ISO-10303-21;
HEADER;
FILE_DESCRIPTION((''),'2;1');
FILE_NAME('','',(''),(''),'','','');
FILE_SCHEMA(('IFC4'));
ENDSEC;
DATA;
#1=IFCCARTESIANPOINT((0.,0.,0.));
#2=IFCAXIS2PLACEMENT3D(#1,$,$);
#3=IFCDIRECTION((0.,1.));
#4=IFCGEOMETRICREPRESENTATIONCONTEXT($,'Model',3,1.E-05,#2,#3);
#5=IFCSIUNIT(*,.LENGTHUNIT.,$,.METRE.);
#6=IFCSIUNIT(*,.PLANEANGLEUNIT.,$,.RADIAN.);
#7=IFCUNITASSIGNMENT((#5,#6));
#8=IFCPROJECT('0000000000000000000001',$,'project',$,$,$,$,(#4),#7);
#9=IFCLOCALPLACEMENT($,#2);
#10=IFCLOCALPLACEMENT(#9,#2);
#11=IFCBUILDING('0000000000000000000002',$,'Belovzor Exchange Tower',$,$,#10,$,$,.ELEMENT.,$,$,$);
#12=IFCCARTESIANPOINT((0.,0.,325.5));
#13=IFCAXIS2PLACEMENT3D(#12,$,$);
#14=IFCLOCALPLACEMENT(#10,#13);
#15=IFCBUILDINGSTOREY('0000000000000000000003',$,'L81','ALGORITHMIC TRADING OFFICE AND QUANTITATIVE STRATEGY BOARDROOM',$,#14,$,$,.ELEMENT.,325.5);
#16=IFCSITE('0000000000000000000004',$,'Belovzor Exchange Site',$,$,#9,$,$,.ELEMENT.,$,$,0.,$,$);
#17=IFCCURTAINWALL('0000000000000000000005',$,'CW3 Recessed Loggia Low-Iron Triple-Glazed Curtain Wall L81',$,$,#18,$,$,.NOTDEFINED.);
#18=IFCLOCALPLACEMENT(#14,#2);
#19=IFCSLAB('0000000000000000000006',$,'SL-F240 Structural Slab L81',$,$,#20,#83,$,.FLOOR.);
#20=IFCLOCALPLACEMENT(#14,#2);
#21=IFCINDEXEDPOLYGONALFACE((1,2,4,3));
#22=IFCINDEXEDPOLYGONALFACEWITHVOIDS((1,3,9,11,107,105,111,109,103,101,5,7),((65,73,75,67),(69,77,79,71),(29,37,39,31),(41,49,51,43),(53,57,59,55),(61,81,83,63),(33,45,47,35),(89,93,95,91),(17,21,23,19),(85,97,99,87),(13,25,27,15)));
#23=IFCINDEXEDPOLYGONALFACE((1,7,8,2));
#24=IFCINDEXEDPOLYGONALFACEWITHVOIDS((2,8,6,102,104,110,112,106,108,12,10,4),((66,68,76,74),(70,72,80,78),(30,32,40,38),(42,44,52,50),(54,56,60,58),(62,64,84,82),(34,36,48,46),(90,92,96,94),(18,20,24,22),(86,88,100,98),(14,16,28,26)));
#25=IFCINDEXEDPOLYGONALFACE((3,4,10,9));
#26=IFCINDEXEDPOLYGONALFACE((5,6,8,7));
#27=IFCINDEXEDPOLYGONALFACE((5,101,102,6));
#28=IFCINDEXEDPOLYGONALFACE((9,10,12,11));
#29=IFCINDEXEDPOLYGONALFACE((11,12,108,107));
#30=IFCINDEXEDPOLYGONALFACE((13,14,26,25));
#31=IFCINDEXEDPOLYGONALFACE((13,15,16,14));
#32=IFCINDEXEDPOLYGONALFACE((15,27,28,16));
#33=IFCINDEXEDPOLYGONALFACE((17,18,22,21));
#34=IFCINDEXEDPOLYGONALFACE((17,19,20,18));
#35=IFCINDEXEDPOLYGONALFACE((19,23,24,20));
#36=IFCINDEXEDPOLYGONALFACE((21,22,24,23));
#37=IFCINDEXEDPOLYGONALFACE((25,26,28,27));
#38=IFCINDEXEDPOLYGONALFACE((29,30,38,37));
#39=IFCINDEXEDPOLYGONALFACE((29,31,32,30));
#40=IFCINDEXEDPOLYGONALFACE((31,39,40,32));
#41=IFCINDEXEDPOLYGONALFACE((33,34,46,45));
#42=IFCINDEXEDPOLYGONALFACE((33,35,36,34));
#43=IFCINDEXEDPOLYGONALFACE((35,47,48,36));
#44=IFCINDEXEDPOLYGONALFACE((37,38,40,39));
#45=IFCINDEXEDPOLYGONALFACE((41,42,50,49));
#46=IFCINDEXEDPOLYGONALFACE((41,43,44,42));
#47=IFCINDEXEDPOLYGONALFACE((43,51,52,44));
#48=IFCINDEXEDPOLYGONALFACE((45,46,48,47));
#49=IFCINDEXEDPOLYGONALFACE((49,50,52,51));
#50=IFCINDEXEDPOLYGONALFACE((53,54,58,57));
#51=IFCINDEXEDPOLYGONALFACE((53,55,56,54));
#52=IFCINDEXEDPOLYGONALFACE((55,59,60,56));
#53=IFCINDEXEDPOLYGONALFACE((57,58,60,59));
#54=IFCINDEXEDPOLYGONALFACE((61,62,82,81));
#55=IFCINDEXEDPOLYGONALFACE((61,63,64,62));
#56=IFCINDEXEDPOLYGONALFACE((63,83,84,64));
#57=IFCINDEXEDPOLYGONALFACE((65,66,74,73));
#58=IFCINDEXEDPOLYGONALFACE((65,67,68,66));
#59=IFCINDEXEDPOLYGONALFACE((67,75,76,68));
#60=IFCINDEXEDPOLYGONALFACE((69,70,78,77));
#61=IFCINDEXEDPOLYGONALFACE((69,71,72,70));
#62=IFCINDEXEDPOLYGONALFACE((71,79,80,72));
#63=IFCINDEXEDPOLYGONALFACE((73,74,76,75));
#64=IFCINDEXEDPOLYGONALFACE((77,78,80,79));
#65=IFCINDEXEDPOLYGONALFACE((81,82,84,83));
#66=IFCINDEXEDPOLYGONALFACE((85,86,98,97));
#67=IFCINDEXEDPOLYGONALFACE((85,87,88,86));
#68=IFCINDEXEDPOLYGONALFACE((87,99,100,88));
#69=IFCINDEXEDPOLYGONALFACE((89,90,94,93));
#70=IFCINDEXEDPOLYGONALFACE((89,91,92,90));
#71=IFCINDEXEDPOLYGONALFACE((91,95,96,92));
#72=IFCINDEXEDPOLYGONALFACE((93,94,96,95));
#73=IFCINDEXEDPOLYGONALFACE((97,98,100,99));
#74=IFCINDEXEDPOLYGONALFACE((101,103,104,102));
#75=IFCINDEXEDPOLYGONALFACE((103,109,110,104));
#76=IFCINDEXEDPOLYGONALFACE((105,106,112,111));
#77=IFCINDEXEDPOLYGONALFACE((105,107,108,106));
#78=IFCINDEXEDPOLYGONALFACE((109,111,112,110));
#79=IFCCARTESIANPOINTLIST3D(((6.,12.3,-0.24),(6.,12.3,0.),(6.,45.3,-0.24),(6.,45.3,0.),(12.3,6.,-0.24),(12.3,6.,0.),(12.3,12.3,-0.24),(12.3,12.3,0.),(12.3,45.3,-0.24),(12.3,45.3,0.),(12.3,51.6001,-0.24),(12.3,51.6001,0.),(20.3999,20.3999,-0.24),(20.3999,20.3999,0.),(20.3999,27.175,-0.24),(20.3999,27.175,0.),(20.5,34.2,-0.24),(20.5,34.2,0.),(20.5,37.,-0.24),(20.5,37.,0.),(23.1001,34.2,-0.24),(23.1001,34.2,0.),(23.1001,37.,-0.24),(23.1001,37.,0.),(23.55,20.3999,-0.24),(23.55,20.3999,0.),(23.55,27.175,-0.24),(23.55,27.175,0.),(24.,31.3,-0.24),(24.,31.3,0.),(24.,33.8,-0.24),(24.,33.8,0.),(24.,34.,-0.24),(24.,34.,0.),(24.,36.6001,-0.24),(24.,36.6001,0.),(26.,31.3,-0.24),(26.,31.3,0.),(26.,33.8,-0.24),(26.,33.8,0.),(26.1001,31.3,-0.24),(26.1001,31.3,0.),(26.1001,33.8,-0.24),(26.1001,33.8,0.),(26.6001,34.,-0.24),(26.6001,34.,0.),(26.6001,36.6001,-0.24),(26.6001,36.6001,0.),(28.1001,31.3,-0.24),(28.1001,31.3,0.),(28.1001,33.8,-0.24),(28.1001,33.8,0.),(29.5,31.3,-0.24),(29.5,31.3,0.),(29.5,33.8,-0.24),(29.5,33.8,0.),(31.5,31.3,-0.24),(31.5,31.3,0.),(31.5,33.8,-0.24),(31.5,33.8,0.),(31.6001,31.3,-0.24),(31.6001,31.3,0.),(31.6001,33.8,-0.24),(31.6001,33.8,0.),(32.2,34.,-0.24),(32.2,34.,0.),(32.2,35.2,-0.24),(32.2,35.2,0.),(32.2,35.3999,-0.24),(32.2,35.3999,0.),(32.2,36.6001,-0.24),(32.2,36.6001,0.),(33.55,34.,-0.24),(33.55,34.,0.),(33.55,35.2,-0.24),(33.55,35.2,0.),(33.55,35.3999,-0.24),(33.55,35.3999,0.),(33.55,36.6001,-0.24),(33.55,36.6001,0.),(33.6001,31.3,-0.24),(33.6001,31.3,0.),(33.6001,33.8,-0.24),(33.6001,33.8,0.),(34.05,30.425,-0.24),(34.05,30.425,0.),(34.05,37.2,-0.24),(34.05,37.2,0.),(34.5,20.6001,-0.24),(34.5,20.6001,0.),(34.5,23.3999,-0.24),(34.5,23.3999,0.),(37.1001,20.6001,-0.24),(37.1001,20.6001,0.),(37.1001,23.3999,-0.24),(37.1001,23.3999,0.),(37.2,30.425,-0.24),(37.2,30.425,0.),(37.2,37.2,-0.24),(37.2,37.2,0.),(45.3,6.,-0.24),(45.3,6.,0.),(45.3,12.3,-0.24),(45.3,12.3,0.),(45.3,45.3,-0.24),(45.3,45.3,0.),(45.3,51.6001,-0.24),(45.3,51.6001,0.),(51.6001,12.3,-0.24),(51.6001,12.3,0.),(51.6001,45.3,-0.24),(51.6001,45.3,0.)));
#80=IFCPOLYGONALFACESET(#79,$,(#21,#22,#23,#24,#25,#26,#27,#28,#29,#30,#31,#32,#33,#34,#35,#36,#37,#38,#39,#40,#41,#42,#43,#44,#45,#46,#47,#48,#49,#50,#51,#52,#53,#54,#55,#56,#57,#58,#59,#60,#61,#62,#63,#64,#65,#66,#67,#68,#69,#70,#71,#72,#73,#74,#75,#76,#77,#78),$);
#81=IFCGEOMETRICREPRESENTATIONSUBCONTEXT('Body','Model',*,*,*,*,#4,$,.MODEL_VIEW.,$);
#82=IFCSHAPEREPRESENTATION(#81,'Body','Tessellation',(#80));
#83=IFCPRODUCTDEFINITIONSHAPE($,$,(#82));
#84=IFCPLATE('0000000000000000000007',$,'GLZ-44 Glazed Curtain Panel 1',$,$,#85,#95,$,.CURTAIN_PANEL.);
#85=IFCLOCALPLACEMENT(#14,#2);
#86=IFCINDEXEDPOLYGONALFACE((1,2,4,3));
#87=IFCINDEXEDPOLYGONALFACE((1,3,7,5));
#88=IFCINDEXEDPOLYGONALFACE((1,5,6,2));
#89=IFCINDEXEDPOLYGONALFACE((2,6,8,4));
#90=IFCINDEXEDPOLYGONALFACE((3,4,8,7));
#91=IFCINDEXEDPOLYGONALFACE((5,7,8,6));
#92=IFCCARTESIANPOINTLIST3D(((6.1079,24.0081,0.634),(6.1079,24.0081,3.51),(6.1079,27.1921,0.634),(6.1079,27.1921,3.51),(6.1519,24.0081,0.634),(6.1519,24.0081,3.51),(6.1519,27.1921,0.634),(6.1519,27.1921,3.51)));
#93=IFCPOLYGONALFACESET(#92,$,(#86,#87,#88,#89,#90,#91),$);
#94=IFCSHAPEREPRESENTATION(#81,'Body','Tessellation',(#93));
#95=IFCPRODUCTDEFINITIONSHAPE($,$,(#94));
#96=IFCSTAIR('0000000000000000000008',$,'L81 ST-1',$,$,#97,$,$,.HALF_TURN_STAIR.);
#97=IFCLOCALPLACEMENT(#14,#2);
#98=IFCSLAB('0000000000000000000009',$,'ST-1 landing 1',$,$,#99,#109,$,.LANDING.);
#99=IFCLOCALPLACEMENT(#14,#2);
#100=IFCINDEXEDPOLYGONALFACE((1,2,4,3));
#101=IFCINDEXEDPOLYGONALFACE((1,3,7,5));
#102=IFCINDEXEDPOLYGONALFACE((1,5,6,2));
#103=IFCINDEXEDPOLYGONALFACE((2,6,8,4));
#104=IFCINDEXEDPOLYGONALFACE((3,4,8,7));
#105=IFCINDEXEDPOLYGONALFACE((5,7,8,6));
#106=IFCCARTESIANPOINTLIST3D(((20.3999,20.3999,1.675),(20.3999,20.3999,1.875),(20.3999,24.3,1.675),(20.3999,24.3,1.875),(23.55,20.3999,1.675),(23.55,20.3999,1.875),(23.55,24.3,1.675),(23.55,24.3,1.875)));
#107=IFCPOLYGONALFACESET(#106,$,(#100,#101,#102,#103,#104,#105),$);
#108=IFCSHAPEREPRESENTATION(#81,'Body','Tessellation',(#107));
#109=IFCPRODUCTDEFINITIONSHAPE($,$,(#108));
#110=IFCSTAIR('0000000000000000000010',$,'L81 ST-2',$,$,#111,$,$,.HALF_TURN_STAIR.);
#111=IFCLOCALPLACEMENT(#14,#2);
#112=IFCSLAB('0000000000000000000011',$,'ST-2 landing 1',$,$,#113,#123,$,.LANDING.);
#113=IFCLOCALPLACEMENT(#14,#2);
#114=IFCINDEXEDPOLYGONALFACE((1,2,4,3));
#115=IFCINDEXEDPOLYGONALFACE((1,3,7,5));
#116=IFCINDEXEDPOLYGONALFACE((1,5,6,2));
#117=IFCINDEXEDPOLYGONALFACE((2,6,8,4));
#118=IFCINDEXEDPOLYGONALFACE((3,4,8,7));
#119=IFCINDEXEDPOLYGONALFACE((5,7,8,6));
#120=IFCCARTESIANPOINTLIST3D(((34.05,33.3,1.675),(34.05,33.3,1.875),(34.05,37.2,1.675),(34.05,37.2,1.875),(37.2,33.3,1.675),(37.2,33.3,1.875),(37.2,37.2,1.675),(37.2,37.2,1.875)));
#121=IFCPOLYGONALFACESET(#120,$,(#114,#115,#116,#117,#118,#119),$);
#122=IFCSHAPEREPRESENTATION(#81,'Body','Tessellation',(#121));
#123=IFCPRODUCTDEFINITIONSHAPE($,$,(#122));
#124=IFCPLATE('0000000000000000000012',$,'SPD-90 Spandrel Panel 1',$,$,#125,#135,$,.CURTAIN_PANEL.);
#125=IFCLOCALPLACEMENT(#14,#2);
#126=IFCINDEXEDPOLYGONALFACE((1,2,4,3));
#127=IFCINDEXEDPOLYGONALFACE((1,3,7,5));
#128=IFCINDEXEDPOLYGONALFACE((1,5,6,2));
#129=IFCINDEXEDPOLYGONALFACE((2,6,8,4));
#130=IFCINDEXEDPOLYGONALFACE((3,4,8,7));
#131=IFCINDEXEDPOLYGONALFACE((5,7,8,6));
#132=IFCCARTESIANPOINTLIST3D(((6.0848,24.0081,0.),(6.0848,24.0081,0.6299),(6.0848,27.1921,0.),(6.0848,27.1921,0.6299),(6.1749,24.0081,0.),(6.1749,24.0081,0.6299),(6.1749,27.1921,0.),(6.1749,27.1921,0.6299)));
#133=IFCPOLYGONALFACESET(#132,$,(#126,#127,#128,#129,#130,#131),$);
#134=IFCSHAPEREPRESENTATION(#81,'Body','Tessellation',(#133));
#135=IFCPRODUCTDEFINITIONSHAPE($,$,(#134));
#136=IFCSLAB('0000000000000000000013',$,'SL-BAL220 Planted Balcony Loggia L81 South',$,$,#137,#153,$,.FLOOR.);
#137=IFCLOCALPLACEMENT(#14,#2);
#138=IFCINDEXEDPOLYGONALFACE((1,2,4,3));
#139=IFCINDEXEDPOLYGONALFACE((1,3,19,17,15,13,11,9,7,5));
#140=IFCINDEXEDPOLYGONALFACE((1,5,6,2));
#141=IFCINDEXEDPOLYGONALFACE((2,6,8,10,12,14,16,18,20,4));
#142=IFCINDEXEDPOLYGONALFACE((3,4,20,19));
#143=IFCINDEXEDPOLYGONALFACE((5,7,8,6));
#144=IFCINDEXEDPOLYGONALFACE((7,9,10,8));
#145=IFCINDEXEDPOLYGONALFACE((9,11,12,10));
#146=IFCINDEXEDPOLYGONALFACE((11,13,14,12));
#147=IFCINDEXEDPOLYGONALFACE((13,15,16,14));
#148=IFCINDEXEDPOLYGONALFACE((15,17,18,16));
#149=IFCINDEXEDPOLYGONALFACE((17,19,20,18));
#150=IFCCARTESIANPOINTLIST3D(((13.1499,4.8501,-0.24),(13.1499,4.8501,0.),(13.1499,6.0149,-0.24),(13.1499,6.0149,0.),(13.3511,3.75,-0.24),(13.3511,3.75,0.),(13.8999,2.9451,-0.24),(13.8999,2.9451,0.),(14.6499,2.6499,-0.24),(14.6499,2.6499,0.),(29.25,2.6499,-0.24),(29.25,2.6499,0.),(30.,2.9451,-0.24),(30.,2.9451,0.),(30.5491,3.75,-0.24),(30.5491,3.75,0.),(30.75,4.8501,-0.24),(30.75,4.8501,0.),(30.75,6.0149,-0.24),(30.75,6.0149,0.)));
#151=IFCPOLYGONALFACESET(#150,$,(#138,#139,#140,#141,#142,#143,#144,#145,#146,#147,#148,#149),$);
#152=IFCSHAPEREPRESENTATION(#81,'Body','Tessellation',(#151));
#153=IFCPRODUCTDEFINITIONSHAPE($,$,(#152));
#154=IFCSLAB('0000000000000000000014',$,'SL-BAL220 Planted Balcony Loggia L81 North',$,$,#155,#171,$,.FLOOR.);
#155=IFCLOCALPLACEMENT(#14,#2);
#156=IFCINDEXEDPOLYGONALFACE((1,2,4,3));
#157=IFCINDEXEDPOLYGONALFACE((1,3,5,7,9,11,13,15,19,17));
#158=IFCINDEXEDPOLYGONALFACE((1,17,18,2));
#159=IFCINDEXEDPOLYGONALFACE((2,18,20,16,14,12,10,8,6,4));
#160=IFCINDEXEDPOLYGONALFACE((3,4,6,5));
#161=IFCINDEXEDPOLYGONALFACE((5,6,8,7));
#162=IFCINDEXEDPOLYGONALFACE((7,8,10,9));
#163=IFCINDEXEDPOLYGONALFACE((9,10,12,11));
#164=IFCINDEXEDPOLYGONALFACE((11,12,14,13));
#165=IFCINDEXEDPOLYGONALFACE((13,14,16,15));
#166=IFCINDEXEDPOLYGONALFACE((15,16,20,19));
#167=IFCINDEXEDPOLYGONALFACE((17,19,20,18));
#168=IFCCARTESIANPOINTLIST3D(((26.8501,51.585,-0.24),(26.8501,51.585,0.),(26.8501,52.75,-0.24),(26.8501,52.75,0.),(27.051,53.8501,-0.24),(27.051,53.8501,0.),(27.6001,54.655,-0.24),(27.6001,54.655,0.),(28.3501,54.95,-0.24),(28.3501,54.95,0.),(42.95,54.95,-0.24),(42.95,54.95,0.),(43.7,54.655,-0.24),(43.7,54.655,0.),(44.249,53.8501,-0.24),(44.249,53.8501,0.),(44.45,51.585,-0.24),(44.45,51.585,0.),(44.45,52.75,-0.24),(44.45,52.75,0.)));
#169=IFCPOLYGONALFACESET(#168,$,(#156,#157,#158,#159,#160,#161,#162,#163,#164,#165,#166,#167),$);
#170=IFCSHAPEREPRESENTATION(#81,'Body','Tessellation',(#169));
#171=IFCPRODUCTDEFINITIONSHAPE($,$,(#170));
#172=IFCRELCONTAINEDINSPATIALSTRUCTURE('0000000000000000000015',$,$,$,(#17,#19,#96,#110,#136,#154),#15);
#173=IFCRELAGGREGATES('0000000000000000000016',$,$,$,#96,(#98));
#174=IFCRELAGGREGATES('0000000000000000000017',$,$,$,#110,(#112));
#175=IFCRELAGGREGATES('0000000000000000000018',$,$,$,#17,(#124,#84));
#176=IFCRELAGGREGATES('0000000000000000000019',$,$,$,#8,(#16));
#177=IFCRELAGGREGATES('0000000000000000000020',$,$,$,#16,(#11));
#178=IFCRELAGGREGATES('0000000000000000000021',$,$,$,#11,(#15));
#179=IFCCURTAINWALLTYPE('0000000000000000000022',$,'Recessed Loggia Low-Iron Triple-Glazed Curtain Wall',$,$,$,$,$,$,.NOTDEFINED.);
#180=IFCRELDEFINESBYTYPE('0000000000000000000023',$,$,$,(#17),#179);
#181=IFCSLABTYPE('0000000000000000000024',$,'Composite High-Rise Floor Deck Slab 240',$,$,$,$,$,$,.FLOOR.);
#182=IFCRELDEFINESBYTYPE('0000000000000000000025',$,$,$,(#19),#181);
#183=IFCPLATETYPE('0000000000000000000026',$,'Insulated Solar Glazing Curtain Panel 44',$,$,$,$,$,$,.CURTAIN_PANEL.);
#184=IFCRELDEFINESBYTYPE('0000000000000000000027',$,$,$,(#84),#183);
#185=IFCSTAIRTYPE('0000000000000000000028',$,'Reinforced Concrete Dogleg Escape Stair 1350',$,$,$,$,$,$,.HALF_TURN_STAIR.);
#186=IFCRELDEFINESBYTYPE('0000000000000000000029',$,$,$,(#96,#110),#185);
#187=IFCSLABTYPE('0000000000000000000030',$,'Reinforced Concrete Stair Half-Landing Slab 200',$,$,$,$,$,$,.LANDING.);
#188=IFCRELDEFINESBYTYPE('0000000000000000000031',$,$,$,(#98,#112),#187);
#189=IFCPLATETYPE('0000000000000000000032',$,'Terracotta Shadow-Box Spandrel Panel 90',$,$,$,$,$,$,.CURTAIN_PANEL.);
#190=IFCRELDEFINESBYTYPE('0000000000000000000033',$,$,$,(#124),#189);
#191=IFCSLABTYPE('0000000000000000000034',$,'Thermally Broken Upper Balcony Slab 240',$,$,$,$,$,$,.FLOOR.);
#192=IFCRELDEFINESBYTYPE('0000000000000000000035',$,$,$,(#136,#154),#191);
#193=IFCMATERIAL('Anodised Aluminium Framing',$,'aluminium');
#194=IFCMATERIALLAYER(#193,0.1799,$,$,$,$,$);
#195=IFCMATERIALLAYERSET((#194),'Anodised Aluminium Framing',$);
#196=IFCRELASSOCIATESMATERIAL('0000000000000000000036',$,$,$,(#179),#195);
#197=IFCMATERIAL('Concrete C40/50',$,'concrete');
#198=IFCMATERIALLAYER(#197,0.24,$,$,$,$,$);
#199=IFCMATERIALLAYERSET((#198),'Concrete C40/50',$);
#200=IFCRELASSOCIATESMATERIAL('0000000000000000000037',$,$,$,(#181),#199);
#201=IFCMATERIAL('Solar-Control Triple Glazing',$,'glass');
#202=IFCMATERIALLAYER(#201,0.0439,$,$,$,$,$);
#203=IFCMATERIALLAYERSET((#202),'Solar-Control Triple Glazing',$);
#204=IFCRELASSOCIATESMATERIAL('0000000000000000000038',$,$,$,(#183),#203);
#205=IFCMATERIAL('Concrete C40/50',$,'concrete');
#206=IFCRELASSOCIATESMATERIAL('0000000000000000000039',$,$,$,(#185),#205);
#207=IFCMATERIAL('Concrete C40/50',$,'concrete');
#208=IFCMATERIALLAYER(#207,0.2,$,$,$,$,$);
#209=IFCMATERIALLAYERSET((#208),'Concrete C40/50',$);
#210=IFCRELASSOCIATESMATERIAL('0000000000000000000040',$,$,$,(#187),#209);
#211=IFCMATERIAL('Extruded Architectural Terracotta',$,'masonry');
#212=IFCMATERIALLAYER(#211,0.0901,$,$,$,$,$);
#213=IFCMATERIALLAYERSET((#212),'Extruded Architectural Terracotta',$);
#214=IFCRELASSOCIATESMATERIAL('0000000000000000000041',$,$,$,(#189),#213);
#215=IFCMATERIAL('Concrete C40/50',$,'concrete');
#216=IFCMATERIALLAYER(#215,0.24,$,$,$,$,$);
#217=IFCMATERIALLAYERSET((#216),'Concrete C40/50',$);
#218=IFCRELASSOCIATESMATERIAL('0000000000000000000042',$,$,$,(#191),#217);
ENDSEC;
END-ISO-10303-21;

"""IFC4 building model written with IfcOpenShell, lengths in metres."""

from ifc_helpers import new_model, si_unit, direction, frame, origin, origin_2d, place, context, subcontext, project, spatial, polyline, rectangle, outline, extrude, material, layer, layer_set, type_object, element, aggregate, save


model = new_model("IFC4")

# Units and contexts
model_context = context("Model", 3, precision=1e-05, world=origin(), true_north=direction((0.0, 1.0)))
body_context = subcontext(model_context, "Body", "Model", "MODEL_VIEW")
ifc_project = project(units=[si_unit("LENGTHUNIT", "METRE"), si_unit("PLANEANGLEUNIT", "RADIAN")], contexts=[model_context])

# Site, building, storey
site_placement = place(None, origin())
site = spatial("IfcSite", under=ifc_project, at=site_placement, Name="Belovzor Exchange Site", CompositionType="ELEMENT", RefElevation=0.0)
building_placement = place(site_placement, origin())
building = spatial("IfcBuilding", under=site, at=building_placement, Name="Belovzor Exchange Tower", CompositionType="ELEMENT")
storey_placement = place(building_placement, frame((0.0, 0.0, 325.5)))
storey = spatial("IfcBuildingStorey", under=building, at=storey_placement, Name="L81", Description="ALGORITHMIC TRADING OFFICE AND QUANTITATIVE STRATEGY BOARDROOM", CompositionType="ELEMENT", Elevation=325.5)

# Curtain wall
ifc_material_1 = material(Name="Anodised Aluminium Framing", Category="aluminium")
ifc_layer_1 = layer(ifc_material_1, 0.1799)
ifc_layer_set_1 = layer_set([ifc_layer_1], Name="Anodised Aluminium Framing")
curtain_wall_type = type_object("IfcCurtainWallType", Name="Recessed Loggia Low-Iron Triple-Glazed Curtain Wall", PredefinedType="NOTDEFINED", material=ifc_layer_set_1)
curtain_wall_placement = place(storey_placement, origin())
curtain_wall = element("IfcCurtainWall", 1, at=curtain_wall_placement, inside=storey, type_object=curtain_wall_type, Name="CW3 Recessed Loggia Low-Iron Triple-Glazed Curtain Wall L81", PredefinedType="NOTDEFINED")

# Slab
ifc_material_2 = material(Name="Concrete C40/50", Category="concrete")
ifc_layer_2 = layer(ifc_material_2, 0.24)
ifc_layer_set_2 = layer_set([ifc_layer_2], Name="Concrete C40/50")
slab_type_1 = type_object("IfcSlabType", Name="Composite High-Rise Floor Deck Slab 240", PredefinedType="FLOOR", material=ifc_layer_set_2)
slab_1_placement = place(storey_placement, frame((0.0, 0.0, -0.24)))
element("IfcSlab", 2, at=slab_1_placement, inside=storey, type_object=slab_type_1, Name="SL-F240 Structural Slab L81", PredefinedType="FLOOR", context=body_context, shape_type="SweptSolid", body=[
    extrude(outline(polyline([(12.3, 6.0), (45.3, 6.0), (45.3, 12.3), (51.6001, 12.3), (51.6001, 45.3), (45.3, 45.3), (45.3, 51.6001), (12.3, 51.6001), (12.3, 45.3), (6.0, 45.3), (6.0, 12.3), (12.3, 12.3), (12.3, 6.0)]), holes=[polyline([(20.3999, 27.175), (20.3999, 20.3999), (23.55, 20.3999), (23.55, 27.175), (20.3999, 27.175)]), polyline([(37.2, 30.425), (37.2, 37.2), (34.05, 37.2), (34.05, 30.425), (37.2, 30.425)]), polyline([(20.5, 34.2), (23.1001, 34.2), (23.1001, 37.0), (20.5, 37.0), (20.5, 34.2)]), polyline([(34.5, 20.6001), (37.1001, 20.6001), (37.1001, 23.3999), (34.5, 23.3999), (34.5, 20.6001)]), polyline([(24.0, 34.0), (26.6001, 34.0), (26.6001, 36.6001), (24.0, 36.6001), (24.0, 34.0)]), polyline([(24.0, 31.3), (26.0, 31.3), (26.0, 33.8), (24.0, 33.8), (24.0, 31.3)]), polyline([(26.1001, 31.3), (28.1001, 31.3), (28.1001, 33.8), (26.1001, 33.8), (26.1001, 31.3)]), polyline([(29.5, 31.3), (31.5, 31.3), (31.5, 33.8), (29.5, 33.8), (29.5, 31.3)]), polyline([(31.6001, 31.3), (33.6001, 31.3), (33.6001, 33.8), (31.6001, 33.8), (31.6001, 31.3)]), polyline([(32.2, 34.0), (33.55, 34.0), (33.55, 35.2), (32.2, 35.2), (32.2, 34.0)]), polyline([(32.2, 35.3999), (33.55, 35.3999), (33.55, 36.6001), (32.2, 36.6001), (32.2, 35.3999)])]), origin(), (0.0, 0.0, 1.0), 0.24),
])

# Plate
ifc_material_3 = material(Name="Solar-Control Triple Glazing", Category="glass")
ifc_layer_3 = layer(ifc_material_3, 0.0439)
ifc_layer_set_3 = layer_set([ifc_layer_3], Name="Solar-Control Triple Glazing")
plate_type_1 = type_object("IfcPlateType", Name="Insulated Solar Glazing Curtain Panel 44", PredefinedType="CURTAIN_PANEL", material=ifc_layer_set_3)
plate_1_placement = place(storey_placement, frame((6.1299, 25.6001, 0.634), z_axis=(0.0, 0.0, 1.0), x_axis=(0.0, 1.0, 0.0)))
plate_1 = element("IfcPlate", 3, at=plate_1_placement, type_object=plate_type_1, Name="GLZ-44 Glazed Curtain Panel 1", PredefinedType="CURTAIN_PANEL", context=body_context, shape_type="SweptSolid", body=[
    extrude(rectangle(XDim=3.1841, YDim=0.0439, at=origin_2d()), origin(), (0.0, 0.0, 1.0), 2.876),
])

# Stairs, slabs
ifc_material_4 = material(Name="Concrete C40/50", Category="concrete")
stair_type = type_object("IfcStairType", Name="Reinforced Concrete Dogleg Escape Stair 1350", PredefinedType="HALF_TURN_STAIR", material=ifc_material_4)
stair_1_placement = place(storey_placement, origin())
stair_1 = element("IfcStair", 4, at=stair_1_placement, inside=storey, type_object=stair_type, Name="L81 ST-1", PredefinedType="HALF_TURN_STAIR")
ifc_material_5 = material(Name="Concrete C40/50", Category="concrete")
ifc_layer_4 = layer(ifc_material_5, 0.2)
ifc_layer_set_4 = layer_set([ifc_layer_4], Name="Concrete C40/50")
slab_type_2 = type_object("IfcSlabType", Name="Reinforced Concrete Stair Half-Landing Slab 200", PredefinedType="LANDING", material=ifc_layer_set_4)
slab_2_placement = place(storey_placement, frame((0.0, 0.0, 1.675)))
slab_2 = element("IfcSlab", 5, at=slab_2_placement, type_object=slab_type_2, Name="ST-1 landing 1", PredefinedType="LANDING", context=body_context, shape_type="SweptSolid", body=[
    extrude(outline(polyline([(20.3999, 24.3), (20.3999, 20.3999), (23.55, 20.3999), (23.55, 24.3), (20.3999, 24.3)])), origin(), (0.0, 0.0, 1.0), 0.2),
])
aggregate(stair_1, [slab_2])
stair_2_placement = place(storey_placement, origin())
stair_2 = element("IfcStair", 6, at=stair_2_placement, inside=storey, type_object=stair_type, Name="L81 ST-2", PredefinedType="HALF_TURN_STAIR")
slab_3_placement = place(storey_placement, frame((0.0, 0.0, 1.675)))
slab_3 = element("IfcSlab", 7, at=slab_3_placement, type_object=slab_type_2, Name="ST-2 landing 1", PredefinedType="LANDING", context=body_context, shape_type="SweptSolid", body=[
    extrude(outline(polyline([(37.2, 33.3), (37.2, 37.2), (34.05, 37.2), (34.05, 33.3), (37.2, 33.3)])), origin(), (0.0, 0.0, 1.0), 0.2),
])
aggregate(stair_2, [slab_3])

# Plate
ifc_material_6 = material(Name="Extruded Architectural Terracotta", Category="masonry")
ifc_layer_5 = layer(ifc_material_6, 0.0901)
ifc_layer_set_5 = layer_set([ifc_layer_5], Name="Extruded Architectural Terracotta")
plate_type_2 = type_object("IfcPlateType", Name="Terracotta Shadow-Box Spandrel Panel 90", PredefinedType="CURTAIN_PANEL", material=ifc_layer_set_5)
plate_2_placement = place(storey_placement, frame((6.1299, 25.6001, 0.0), z_axis=(0.0, 0.0, 1.0), x_axis=(0.0, 1.0, 0.0)))
plate_2 = element("IfcPlate", 8, at=plate_2_placement, type_object=plate_type_2, Name="SPD-90 Spandrel Panel 1", PredefinedType="CURTAIN_PANEL", context=body_context, shape_type="SweptSolid", body=[
    extrude(rectangle(XDim=3.1841, YDim=0.0901, at=origin_2d()), origin(), (0.0, 0.0, 1.0), 0.6299),
])
aggregate(curtain_wall, [plate_2, plate_1])

# Slabs
ifc_material_7 = material(Name="Concrete C40/50", Category="concrete")
ifc_layer_6 = layer(ifc_material_7, 0.24)
ifc_layer_set_6 = layer_set([ifc_layer_6], Name="Concrete C40/50")
slab_type_3 = type_object("IfcSlabType", Name="Thermally Broken Upper Balcony Slab 240", PredefinedType="FLOOR", material=ifc_layer_set_6)
slab_4_placement = place(storey_placement, frame((0.0, 0.0, -0.24)))
element("IfcSlab", 9, at=slab_4_placement, inside=storey, type_object=slab_type_3, Name="SL-BAL220 Planted Balcony Loggia L81 South", PredefinedType="FLOOR", context=body_context, shape_type="SweptSolid", body=[
    extrude(outline(polyline([(13.1499, 6.0149), (13.1499, 4.8501), (13.3511, 3.75), (13.8999, 2.9451), (14.6499, 2.6499), (29.25, 2.6499), (30.0, 2.9451), (30.5491, 3.75), (30.75, 4.8501), (30.75, 6.0149), (13.1499, 6.0149)])), origin(), (0.0, 0.0, 1.0), 0.24),
])
slab_5_placement = place(storey_placement, frame((0.0, 0.0, -0.24)))
element("IfcSlab", 10, at=slab_5_placement, inside=storey, type_object=slab_type_3, Name="SL-BAL220 Planted Balcony Loggia L81 North", PredefinedType="FLOOR", context=body_context, shape_type="SweptSolid", body=[
    extrude(outline(polyline([(44.45, 51.585), (44.45, 52.75), (44.249, 53.8501), (43.7, 54.655), (42.95, 54.95), (28.3501, 54.95), (27.6001, 54.655), (27.051, 53.8501), (26.8501, 52.75), (26.8501, 51.585), (44.45, 51.585)])), origin(), (0.0, 0.0, 1.0), 0.24),
])

save(model, "model.ifc")
